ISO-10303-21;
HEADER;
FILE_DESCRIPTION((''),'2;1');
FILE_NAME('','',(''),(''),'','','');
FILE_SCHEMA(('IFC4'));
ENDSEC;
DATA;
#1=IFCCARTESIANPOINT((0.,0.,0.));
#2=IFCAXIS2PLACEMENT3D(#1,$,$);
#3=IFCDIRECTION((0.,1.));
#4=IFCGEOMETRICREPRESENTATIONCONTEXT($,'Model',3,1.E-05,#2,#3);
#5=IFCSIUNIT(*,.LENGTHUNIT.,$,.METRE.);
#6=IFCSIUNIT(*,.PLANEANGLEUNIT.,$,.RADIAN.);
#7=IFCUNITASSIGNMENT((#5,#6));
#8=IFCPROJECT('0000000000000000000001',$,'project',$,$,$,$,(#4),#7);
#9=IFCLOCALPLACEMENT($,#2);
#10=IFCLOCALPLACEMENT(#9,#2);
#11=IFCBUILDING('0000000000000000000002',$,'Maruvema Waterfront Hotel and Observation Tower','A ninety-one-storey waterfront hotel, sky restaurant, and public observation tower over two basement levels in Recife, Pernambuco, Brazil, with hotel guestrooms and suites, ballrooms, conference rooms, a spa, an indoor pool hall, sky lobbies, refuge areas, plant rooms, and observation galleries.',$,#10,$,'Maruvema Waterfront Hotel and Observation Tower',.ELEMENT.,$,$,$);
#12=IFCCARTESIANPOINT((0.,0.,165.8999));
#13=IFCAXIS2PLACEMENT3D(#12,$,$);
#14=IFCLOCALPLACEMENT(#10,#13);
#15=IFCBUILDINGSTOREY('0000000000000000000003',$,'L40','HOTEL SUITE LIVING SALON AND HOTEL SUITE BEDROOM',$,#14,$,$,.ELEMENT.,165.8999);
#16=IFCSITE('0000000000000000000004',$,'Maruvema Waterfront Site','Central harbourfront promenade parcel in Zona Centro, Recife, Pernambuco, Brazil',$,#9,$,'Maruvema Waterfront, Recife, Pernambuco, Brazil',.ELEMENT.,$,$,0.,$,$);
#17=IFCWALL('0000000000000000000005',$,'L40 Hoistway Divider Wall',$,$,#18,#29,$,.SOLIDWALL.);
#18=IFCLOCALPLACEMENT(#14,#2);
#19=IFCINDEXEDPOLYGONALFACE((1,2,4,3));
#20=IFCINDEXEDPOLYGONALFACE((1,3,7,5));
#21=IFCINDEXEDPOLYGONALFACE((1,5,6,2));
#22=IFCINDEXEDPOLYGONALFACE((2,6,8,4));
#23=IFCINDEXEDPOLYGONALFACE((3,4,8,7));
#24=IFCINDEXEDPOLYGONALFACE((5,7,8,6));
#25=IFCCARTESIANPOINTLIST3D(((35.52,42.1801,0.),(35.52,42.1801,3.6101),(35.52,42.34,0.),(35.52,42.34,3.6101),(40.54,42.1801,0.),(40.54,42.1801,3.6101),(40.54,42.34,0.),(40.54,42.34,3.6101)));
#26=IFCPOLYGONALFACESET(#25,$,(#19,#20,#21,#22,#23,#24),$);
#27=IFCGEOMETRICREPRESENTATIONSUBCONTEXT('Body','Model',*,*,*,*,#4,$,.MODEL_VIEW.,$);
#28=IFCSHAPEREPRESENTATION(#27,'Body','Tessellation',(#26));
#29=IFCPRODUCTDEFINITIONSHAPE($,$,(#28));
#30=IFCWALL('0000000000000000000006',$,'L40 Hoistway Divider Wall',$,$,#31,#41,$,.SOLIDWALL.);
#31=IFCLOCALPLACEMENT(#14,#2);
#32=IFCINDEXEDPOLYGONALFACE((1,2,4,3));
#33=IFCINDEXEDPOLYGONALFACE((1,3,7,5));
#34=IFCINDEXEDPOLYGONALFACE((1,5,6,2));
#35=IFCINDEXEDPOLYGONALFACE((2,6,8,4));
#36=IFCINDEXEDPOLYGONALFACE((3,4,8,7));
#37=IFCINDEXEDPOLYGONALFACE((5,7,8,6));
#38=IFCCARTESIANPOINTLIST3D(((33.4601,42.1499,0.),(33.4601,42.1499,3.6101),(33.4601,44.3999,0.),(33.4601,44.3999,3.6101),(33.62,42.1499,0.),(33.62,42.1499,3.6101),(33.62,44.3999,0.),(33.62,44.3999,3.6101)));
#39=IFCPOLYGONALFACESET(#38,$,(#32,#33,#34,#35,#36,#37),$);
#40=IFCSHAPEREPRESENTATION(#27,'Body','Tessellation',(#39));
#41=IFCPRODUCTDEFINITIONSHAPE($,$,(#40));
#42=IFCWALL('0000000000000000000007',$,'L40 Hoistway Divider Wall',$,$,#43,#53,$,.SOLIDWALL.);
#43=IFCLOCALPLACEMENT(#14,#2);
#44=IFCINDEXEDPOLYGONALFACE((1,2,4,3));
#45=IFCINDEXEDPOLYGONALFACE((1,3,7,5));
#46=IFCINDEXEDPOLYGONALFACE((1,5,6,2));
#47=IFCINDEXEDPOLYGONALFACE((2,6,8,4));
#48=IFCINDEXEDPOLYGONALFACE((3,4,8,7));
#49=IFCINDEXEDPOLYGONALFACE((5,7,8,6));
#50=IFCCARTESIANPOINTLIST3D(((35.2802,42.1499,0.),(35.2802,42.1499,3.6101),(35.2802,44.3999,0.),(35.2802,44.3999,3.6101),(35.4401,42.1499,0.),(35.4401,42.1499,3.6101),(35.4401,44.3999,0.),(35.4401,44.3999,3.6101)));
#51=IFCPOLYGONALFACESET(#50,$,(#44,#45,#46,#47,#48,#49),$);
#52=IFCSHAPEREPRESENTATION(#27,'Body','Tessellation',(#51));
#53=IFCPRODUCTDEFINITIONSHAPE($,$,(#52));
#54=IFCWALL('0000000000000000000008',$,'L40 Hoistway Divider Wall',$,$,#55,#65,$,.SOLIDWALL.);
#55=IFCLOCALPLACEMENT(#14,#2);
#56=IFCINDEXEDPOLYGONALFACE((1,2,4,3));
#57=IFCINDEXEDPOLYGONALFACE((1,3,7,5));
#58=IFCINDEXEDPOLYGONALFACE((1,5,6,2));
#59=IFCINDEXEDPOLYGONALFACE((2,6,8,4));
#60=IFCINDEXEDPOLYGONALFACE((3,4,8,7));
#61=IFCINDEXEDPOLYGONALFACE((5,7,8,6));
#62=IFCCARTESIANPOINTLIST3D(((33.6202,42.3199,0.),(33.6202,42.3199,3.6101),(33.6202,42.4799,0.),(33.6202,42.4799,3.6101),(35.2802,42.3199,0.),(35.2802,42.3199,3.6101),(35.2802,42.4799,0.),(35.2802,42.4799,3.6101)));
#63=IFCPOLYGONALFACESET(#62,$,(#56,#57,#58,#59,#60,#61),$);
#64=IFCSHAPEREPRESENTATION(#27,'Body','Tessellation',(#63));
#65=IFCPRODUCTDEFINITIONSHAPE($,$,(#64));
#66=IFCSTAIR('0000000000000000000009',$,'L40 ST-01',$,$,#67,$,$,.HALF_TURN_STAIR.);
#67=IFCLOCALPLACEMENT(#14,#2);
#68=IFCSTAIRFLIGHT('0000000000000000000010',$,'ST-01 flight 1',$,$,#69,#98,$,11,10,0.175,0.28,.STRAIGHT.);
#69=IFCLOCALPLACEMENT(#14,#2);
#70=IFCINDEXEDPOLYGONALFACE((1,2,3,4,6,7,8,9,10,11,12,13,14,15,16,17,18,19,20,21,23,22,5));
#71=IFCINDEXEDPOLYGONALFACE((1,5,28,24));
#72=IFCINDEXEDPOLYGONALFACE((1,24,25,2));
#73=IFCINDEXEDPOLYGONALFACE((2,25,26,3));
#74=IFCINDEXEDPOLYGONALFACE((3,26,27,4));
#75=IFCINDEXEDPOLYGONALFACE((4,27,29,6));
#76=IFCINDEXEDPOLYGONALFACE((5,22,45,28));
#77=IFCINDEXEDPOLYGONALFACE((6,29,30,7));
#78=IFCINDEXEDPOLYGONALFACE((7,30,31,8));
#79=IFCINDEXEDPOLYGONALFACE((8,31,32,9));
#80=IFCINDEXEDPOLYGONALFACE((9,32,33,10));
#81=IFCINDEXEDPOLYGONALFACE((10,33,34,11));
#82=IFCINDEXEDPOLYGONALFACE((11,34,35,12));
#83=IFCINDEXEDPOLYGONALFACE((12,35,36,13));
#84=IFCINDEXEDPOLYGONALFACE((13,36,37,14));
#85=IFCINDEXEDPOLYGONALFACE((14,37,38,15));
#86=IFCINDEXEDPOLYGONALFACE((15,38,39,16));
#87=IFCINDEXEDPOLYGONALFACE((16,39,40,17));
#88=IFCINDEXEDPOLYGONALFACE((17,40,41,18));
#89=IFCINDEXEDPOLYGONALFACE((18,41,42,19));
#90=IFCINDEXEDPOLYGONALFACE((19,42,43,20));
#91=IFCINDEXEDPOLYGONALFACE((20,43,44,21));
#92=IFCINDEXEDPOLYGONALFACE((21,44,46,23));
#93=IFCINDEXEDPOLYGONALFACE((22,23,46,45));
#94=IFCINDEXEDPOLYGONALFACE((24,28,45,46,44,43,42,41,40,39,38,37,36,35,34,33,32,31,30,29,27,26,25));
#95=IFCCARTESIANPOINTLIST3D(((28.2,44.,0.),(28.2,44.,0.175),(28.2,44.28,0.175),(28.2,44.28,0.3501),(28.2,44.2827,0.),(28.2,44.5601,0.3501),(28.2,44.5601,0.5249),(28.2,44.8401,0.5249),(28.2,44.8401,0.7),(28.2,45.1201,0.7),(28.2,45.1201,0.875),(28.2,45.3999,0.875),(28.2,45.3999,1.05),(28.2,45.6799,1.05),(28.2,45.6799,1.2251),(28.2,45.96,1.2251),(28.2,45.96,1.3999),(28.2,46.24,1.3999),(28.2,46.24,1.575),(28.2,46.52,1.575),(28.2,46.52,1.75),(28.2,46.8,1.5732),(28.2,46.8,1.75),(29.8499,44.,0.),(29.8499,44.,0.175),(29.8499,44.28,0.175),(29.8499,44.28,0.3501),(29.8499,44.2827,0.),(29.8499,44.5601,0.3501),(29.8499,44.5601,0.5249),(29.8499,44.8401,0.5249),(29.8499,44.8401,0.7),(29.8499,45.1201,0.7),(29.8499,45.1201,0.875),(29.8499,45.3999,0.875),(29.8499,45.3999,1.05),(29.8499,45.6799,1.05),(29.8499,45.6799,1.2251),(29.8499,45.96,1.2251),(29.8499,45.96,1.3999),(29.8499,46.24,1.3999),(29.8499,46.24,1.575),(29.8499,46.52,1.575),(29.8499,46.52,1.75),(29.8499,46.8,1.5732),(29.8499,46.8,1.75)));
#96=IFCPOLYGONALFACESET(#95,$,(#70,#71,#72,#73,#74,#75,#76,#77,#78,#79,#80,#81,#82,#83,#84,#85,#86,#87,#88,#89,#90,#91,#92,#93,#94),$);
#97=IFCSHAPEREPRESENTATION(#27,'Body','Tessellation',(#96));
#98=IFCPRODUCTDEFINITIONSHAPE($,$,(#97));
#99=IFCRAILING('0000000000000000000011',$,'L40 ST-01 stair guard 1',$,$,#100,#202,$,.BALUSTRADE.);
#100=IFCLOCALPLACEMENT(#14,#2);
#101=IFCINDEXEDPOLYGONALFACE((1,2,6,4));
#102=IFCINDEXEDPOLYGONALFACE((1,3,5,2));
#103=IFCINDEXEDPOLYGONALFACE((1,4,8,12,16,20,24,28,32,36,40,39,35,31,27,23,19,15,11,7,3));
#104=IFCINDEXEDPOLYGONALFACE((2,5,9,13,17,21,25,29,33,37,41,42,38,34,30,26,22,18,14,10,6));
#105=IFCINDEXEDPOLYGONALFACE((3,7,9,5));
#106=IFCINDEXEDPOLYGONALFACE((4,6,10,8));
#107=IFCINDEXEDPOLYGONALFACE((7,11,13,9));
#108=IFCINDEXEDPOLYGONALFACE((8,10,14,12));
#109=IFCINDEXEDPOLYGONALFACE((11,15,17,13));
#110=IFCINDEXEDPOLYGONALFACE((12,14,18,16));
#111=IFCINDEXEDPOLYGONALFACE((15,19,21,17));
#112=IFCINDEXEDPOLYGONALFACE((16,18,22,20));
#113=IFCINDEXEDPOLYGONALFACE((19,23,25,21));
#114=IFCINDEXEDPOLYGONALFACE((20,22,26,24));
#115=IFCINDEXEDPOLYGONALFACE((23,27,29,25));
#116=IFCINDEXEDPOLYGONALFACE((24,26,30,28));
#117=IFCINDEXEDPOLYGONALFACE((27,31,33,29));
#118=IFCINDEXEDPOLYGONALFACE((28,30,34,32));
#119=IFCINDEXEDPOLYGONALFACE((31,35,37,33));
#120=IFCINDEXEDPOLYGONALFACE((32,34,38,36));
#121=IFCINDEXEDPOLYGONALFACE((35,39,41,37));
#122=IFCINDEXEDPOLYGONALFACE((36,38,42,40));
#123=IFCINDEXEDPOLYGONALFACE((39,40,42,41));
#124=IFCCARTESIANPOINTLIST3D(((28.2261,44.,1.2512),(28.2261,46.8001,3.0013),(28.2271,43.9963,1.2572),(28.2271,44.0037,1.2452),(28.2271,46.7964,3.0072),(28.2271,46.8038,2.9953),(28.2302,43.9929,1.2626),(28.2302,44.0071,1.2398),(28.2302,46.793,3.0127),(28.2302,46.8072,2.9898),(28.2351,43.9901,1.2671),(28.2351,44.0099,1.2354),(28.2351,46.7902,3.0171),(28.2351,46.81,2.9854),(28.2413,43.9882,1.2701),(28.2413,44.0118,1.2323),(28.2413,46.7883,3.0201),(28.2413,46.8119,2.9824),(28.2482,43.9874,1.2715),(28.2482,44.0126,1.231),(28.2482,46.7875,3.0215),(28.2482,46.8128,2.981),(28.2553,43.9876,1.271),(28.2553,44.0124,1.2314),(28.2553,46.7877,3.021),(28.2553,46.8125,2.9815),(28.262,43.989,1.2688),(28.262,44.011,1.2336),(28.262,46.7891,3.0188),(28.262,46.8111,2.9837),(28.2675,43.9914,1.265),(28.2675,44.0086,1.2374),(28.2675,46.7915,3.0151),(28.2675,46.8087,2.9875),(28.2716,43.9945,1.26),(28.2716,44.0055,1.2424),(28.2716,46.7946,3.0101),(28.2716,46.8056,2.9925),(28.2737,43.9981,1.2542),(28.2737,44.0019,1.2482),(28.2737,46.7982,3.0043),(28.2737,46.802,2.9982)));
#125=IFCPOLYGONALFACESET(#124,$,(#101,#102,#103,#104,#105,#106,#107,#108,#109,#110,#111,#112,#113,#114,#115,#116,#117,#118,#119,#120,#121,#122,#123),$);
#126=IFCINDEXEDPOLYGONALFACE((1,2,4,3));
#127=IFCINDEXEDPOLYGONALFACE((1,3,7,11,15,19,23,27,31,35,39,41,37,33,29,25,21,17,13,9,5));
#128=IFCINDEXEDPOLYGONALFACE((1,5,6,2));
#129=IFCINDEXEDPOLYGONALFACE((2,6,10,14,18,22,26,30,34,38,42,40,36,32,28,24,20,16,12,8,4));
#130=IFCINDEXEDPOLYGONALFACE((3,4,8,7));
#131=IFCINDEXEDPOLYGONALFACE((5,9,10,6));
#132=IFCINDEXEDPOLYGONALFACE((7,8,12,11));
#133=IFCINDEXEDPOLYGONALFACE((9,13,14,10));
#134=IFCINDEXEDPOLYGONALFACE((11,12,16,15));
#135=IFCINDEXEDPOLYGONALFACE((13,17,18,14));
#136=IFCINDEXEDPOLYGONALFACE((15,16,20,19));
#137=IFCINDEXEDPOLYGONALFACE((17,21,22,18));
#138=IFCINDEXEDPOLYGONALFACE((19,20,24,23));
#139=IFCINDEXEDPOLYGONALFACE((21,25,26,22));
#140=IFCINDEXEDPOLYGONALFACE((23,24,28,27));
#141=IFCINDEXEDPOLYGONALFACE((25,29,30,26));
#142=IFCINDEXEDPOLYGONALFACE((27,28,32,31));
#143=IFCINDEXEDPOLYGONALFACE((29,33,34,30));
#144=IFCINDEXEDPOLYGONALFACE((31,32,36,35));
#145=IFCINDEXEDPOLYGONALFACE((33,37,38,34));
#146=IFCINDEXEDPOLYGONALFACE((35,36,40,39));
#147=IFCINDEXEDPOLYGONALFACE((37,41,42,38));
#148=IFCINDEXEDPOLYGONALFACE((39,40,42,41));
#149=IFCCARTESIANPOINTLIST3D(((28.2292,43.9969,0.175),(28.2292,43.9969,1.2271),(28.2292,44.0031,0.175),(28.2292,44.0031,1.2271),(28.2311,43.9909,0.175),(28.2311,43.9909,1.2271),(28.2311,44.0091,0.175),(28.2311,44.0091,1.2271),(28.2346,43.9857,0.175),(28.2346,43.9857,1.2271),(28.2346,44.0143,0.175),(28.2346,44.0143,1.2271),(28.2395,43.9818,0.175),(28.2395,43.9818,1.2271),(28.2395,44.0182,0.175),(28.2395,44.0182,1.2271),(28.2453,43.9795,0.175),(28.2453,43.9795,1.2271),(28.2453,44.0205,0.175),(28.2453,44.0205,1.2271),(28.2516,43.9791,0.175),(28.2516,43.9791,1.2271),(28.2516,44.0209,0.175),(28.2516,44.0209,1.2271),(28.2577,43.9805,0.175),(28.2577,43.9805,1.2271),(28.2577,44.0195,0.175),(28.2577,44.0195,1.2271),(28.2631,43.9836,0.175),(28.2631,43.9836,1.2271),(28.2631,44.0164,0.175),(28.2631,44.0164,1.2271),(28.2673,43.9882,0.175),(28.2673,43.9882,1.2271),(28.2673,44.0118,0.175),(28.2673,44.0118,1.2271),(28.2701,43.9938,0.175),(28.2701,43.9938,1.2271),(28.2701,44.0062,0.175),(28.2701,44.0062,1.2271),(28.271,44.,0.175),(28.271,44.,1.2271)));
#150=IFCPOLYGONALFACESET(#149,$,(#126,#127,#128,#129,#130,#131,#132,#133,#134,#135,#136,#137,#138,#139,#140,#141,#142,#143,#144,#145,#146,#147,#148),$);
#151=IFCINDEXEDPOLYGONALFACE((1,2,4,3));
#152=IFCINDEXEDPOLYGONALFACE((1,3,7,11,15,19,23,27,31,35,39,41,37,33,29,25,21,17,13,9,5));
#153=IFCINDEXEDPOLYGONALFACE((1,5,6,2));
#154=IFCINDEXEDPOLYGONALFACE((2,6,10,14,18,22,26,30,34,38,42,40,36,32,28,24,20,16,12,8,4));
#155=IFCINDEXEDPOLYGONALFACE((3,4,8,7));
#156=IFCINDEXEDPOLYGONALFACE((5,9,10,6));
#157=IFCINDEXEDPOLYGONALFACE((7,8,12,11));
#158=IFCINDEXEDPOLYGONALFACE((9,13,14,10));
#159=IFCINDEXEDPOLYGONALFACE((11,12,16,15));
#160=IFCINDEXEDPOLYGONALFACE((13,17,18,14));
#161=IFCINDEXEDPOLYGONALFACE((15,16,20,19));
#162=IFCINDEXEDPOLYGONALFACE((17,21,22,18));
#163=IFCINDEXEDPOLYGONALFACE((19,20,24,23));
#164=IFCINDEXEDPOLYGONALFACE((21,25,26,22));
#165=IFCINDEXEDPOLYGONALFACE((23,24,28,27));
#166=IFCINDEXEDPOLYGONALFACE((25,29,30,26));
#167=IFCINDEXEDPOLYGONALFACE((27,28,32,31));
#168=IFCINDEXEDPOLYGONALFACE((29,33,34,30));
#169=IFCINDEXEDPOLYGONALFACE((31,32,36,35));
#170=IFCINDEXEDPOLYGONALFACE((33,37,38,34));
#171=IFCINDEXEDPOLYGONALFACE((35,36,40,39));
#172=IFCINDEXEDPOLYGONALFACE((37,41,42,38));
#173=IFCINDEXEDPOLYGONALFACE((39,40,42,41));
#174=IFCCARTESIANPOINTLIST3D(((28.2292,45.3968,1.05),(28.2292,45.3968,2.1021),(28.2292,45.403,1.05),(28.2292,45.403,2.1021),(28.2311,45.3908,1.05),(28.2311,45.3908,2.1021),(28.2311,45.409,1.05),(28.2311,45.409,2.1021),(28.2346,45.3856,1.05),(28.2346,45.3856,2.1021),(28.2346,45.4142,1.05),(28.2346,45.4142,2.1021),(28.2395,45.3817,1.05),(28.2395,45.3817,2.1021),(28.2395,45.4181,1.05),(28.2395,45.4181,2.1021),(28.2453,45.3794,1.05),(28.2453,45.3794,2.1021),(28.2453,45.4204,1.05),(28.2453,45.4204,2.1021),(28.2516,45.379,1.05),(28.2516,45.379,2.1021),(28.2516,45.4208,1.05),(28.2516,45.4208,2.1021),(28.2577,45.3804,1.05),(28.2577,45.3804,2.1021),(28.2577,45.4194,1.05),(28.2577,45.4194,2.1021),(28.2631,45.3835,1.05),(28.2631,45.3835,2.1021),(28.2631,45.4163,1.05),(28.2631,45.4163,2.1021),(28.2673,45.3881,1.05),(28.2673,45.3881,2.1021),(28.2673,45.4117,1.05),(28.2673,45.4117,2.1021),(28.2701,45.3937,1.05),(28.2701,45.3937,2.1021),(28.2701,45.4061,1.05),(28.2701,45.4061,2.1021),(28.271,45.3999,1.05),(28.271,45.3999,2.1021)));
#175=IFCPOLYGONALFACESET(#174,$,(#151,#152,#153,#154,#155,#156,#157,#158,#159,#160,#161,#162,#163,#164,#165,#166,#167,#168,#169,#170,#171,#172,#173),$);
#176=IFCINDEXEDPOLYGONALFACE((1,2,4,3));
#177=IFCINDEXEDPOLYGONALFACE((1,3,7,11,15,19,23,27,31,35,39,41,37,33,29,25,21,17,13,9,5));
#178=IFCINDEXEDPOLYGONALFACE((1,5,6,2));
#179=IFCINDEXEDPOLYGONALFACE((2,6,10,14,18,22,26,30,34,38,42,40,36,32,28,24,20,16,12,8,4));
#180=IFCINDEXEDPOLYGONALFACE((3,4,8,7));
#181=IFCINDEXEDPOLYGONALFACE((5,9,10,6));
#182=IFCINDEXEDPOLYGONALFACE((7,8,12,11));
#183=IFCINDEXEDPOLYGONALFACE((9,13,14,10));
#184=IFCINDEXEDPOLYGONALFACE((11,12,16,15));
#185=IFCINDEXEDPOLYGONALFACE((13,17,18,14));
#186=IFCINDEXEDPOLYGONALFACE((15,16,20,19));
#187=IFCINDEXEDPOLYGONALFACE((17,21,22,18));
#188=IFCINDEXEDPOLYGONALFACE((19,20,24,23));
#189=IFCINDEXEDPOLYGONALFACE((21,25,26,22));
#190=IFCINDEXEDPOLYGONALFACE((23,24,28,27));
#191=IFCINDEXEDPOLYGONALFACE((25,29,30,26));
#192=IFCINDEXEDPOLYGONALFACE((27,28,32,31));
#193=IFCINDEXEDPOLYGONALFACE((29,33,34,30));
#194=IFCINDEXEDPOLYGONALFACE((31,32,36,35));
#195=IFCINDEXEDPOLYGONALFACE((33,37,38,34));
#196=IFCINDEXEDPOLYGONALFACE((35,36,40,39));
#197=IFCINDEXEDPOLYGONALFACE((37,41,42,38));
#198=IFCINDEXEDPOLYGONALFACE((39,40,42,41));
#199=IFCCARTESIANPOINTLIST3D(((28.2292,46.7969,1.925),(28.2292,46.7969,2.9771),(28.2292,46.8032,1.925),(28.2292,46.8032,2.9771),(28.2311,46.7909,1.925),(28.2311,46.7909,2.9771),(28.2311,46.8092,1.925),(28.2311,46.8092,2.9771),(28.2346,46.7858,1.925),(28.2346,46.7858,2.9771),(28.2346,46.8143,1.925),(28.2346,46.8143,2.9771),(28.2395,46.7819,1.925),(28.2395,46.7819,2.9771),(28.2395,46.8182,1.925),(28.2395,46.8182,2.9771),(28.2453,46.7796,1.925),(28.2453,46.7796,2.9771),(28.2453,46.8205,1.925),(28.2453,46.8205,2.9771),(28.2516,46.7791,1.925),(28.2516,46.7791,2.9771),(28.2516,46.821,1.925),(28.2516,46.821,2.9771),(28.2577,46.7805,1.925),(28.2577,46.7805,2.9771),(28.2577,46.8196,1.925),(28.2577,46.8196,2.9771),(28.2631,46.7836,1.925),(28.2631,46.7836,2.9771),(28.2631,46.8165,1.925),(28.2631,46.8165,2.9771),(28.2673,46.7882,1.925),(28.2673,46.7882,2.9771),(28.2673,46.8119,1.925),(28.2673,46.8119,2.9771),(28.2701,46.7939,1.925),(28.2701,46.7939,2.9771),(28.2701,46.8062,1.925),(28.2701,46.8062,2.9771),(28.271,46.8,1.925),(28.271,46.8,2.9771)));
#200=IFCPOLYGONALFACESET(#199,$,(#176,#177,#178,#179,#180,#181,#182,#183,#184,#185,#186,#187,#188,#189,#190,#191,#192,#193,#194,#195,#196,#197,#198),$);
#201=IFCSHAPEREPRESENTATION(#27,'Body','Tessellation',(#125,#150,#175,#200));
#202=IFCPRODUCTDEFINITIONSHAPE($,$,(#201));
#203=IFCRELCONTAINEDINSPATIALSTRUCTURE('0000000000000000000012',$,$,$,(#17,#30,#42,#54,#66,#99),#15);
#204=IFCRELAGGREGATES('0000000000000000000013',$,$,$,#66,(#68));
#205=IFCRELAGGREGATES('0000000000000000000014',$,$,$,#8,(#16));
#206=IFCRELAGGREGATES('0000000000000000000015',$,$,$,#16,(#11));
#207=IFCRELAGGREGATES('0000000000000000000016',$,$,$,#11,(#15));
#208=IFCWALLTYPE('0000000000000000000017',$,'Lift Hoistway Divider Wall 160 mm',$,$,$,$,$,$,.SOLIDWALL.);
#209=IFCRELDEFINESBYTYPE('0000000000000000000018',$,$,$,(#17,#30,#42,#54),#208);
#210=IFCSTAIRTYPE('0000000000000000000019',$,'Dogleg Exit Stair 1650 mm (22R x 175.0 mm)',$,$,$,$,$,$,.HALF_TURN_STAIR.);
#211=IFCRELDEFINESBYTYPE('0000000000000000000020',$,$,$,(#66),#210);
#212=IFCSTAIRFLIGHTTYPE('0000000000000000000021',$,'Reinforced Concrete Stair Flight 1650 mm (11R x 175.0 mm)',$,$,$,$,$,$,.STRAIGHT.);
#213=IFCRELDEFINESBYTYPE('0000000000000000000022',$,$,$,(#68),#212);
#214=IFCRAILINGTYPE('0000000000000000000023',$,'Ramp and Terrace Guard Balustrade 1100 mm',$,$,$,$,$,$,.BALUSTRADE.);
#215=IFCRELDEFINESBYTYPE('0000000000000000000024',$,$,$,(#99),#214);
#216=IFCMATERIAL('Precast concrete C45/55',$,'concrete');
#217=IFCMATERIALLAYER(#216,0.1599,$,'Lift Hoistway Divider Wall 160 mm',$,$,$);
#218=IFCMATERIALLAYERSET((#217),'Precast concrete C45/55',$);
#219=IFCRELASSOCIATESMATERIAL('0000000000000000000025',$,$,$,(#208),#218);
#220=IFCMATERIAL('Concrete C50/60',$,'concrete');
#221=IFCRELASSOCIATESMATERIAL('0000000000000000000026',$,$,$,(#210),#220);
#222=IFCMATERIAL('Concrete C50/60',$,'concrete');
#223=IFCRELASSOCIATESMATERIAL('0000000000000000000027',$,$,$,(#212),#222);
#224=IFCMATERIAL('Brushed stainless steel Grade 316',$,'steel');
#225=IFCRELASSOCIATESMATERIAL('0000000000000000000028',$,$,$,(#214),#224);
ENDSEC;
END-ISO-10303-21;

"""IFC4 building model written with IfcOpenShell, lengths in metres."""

from ifc_helpers import new_model, si_unit, direction, frame, frame_2d, origin, origin_2d, place, context, subcontext, project, spatial, polyline, rectangle, circle, outline, extrude, material, layer, layer_set, type_object, element, aggregate, save


model = new_model("IFC4")

# Units and contexts
model_context = context("Model", 3, precision=1e-05, world=origin(), true_north=direction((0.0, 1.0)))
body_context = subcontext(model_context, "Body", "Model", "MODEL_VIEW")
ifc_project = project(units=[si_unit("LENGTHUNIT", "METRE"), si_unit("PLANEANGLEUNIT", "RADIAN")], contexts=[model_context])

# Site, building, storey
site_placement = place(None, origin())
site = spatial("IfcSite", under=ifc_project, at=site_placement, Name="Maruvema Waterfront Site", Description="Central harbourfront promenade parcel in Zona Centro, Recife, Pernambuco, Brazil", LongName="Maruvema Waterfront, Recife, Pernambuco, Brazil", CompositionType="ELEMENT", RefElevation=0.0)
building_placement = place(site_placement, origin())
building = spatial("IfcBuilding", under=site, at=building_placement, Name="Maruvema Waterfront Hotel and Observation Tower", Description="A ninety-one-storey waterfront hotel, sky restaurant, and public observation tower over two basement levels in Recife, Pernambuco, Brazil, with hotel guestrooms and suites, ballrooms, conference rooms, a spa, an indoor pool hall, sky lobbies, refuge areas, plant rooms, and observation galleries.", LongName="Maruvema Waterfront Hotel and Observation Tower", CompositionType="ELEMENT")
storey_placement = place(building_placement, frame((0.0, 0.0, 165.8999)))
storey = spatial("IfcBuildingStorey", under=building, at=storey_placement, Name="L40", Description="HOTEL SUITE LIVING SALON AND HOTEL SUITE BEDROOM", CompositionType="ELEMENT", Elevation=165.8999)

# Walls
ifc_material_1 = material(Name="Precast concrete C45/55", Category="concrete")
ifc_layer_1 = layer(ifc_material_1, 0.1599, Name="Lift Hoistway Divider Wall 160 mm")
ifc_layer_set_1 = layer_set([ifc_layer_1], Name="Precast concrete C45/55")
wall_type_1 = type_object("IfcWallType", Name="Lift Hoistway Divider Wall 160 mm", PredefinedType="SOLIDWALL", material=ifc_layer_set_1)
wall_1_placement = place(storey_placement, frame((35.52, 42.26, 0.0), z_axis=(0.0, 0.0, 1.0), x_axis=(1.0, 0.0, 0.0)))
element("IfcWall", 1, at=wall_1_placement, inside=storey, type_object=wall_type_1, Name="L40 Hoistway Divider Wall", PredefinedType="SOLIDWALL", context=body_context, shape_type="SweptSolid", body=[
    extrude(rectangle(XDim=5.02, YDim=0.1599, at=frame_2d((2.51, 0.0))), origin(), (0.0, 0.0, 1.0), 3.6101),
])
for number, where, z_axis, x_axis, name in (
    (2, (33.54, 42.1499, 0.0), (0.0, 0.0, 1.0), (0.0, 1.0, 0.0), "L40 Hoistway Divider Wall"),
    (3, (35.3601, 42.1499, 0.0), (0.0, 0.0, 1.0), (0.0, 1.0, 0.0), "L40 Hoistway Divider Wall"),
):
    element("IfcWall", number, at=place(storey_placement, frame(where, z_axis=z_axis, x_axis=x_axis)), inside=storey, type_object=wall_type_1, Name=name, PredefinedType="SOLIDWALL", context=body_context, shape_type="SweptSolid", body=[
        extrude(rectangle(XDim=2.25, YDim=0.1599, at=frame_2d((1.125, 0.0))), origin(), (0.0, 0.0, 1.0), 3.6101),
    ])
wall_2_placement = place(storey_placement, frame((33.6201, 42.3999, 0.0), z_axis=(0.0, 0.0, 1.0), x_axis=(1.0, 0.0, 0.0)))
element("IfcWall", 4, at=wall_2_placement, inside=storey, type_object=wall_type_1, Name="L40 Hoistway Divider Wall", PredefinedType="SOLIDWALL", context=body_context, shape_type="SweptSolid", body=[
    extrude(rectangle(XDim=1.6599, YDim=0.1599, at=frame_2d((0.8301, 0.0))), origin(), (0.0, 0.0, 1.0), 3.6101),
])

# Stair, stair flight
ifc_material_2 = material(Name="Concrete C50/60", Category="concrete")
stair_type = type_object("IfcStairType", Name="Dogleg Exit Stair 1650 mm (22R x 175.0 mm)", PredefinedType="HALF_TURN_STAIR", material=ifc_material_2)
stair_placement = place(storey_placement, origin())
stair = element("IfcStair", 5, at=stair_placement, inside=storey, type_object=stair_type, Name="L40 ST-01", PredefinedType="HALF_TURN_STAIR")
ifc_material_3 = material(Name="Concrete C50/60", Category="concrete")
stair_flight_type = type_object("IfcStairFlightType", Name="Reinforced Concrete Stair Flight 1650 mm (11R x 175.0 mm)", PredefinedType="STRAIGHT", material=ifc_material_3)
stair_flight_placement = place(storey_placement, frame((29.0249, 44.0, 0.0), z_axis=(0.0, 0.0, 1.0), x_axis=(0.0, 1.0, 0.0)))
stair_flight = element("IfcStairFlight", 6, at=stair_flight_placement, type_object=stair_flight_type, Name="ST-01 flight 1", NumberOfRisers=11, NumberOfTreads=10, PredefinedType="STRAIGHT", RiserHeight=0.175, TreadLength=0.28, context=body_context, shape_type="SweptSolid", body=[
    extrude(outline(polyline([(0.0, 0.0), (0.0, 0.175), (0.28, 0.175), (0.28, 0.3501), (0.5601, 0.3501), (0.5601, 0.5249), (0.8401, 0.5249), (0.8401, 0.7), (1.1201, 0.7), (1.1201, 0.875), (1.3999, 0.875), (1.3999, 1.05), (1.6799, 1.05), (1.6799, 1.2251), (1.96, 1.2251), (1.96, 1.3999), (2.24, 1.3999), (2.24, 1.575), (2.52, 1.575), (2.52, 1.75), (2.8, 1.75), (2.8, 1.925), (2.8, 1.5732), (0.2827, 0.0), (0.0, 0.0)])), frame((0.0, 0.825, 0.0), z_axis=(0.0, -1.0, 0.0), x_axis=(1.0, 0.0, 0.0)), (0.0, 0.0, 1.0), 1.6499),
])
aggregate(stair, [stair_flight])

# Railing
ifc_material_4 = material(Name="Brushed stainless steel Grade 316", Category="steel")
railing_type = type_object("IfcRailingType", Name="Ramp and Terrace Guard Balustrade 1100 mm", PredefinedType="BALUSTRADE", material=ifc_material_4)
railing_1_placement = place(storey_placement, frame((28.25, 44.0, 0.175)))
element("IfcRailing", 7, at=railing_1_placement, inside=storey, type_object=railing_type, Name="L40 ST-01 stair guard 1", PredefinedType="BALUSTRADE", context=body_context, shape_type="SweptSolid", body=[
    extrude(circle(Radius=0.0239, at=origin_2d()), frame((0.0, 0.0, 1.0762), z_axis=(0.0, 0.848002, 0.529992), x_axis=(-1.0, 0.0, 0.0)), (0.0, 0.0, 1.0), 3.302),
    extrude(circle(Radius=0.021, at=origin_2d()), origin(), (0.0, 0.0, 1.0), 1.052),
    extrude(circle(Radius=0.021, at=origin_2d()), frame((0.0, 1.3999, 0.875)), (0.0, 0.0, 1.0), 1.052),
    extrude(circle(Radius=0.021, at=origin_2d()), frame((0.0, 2.8, 1.75)), (0.0, 0.0, 1.0), 1.052),
])

save(model, "model.ifc")
